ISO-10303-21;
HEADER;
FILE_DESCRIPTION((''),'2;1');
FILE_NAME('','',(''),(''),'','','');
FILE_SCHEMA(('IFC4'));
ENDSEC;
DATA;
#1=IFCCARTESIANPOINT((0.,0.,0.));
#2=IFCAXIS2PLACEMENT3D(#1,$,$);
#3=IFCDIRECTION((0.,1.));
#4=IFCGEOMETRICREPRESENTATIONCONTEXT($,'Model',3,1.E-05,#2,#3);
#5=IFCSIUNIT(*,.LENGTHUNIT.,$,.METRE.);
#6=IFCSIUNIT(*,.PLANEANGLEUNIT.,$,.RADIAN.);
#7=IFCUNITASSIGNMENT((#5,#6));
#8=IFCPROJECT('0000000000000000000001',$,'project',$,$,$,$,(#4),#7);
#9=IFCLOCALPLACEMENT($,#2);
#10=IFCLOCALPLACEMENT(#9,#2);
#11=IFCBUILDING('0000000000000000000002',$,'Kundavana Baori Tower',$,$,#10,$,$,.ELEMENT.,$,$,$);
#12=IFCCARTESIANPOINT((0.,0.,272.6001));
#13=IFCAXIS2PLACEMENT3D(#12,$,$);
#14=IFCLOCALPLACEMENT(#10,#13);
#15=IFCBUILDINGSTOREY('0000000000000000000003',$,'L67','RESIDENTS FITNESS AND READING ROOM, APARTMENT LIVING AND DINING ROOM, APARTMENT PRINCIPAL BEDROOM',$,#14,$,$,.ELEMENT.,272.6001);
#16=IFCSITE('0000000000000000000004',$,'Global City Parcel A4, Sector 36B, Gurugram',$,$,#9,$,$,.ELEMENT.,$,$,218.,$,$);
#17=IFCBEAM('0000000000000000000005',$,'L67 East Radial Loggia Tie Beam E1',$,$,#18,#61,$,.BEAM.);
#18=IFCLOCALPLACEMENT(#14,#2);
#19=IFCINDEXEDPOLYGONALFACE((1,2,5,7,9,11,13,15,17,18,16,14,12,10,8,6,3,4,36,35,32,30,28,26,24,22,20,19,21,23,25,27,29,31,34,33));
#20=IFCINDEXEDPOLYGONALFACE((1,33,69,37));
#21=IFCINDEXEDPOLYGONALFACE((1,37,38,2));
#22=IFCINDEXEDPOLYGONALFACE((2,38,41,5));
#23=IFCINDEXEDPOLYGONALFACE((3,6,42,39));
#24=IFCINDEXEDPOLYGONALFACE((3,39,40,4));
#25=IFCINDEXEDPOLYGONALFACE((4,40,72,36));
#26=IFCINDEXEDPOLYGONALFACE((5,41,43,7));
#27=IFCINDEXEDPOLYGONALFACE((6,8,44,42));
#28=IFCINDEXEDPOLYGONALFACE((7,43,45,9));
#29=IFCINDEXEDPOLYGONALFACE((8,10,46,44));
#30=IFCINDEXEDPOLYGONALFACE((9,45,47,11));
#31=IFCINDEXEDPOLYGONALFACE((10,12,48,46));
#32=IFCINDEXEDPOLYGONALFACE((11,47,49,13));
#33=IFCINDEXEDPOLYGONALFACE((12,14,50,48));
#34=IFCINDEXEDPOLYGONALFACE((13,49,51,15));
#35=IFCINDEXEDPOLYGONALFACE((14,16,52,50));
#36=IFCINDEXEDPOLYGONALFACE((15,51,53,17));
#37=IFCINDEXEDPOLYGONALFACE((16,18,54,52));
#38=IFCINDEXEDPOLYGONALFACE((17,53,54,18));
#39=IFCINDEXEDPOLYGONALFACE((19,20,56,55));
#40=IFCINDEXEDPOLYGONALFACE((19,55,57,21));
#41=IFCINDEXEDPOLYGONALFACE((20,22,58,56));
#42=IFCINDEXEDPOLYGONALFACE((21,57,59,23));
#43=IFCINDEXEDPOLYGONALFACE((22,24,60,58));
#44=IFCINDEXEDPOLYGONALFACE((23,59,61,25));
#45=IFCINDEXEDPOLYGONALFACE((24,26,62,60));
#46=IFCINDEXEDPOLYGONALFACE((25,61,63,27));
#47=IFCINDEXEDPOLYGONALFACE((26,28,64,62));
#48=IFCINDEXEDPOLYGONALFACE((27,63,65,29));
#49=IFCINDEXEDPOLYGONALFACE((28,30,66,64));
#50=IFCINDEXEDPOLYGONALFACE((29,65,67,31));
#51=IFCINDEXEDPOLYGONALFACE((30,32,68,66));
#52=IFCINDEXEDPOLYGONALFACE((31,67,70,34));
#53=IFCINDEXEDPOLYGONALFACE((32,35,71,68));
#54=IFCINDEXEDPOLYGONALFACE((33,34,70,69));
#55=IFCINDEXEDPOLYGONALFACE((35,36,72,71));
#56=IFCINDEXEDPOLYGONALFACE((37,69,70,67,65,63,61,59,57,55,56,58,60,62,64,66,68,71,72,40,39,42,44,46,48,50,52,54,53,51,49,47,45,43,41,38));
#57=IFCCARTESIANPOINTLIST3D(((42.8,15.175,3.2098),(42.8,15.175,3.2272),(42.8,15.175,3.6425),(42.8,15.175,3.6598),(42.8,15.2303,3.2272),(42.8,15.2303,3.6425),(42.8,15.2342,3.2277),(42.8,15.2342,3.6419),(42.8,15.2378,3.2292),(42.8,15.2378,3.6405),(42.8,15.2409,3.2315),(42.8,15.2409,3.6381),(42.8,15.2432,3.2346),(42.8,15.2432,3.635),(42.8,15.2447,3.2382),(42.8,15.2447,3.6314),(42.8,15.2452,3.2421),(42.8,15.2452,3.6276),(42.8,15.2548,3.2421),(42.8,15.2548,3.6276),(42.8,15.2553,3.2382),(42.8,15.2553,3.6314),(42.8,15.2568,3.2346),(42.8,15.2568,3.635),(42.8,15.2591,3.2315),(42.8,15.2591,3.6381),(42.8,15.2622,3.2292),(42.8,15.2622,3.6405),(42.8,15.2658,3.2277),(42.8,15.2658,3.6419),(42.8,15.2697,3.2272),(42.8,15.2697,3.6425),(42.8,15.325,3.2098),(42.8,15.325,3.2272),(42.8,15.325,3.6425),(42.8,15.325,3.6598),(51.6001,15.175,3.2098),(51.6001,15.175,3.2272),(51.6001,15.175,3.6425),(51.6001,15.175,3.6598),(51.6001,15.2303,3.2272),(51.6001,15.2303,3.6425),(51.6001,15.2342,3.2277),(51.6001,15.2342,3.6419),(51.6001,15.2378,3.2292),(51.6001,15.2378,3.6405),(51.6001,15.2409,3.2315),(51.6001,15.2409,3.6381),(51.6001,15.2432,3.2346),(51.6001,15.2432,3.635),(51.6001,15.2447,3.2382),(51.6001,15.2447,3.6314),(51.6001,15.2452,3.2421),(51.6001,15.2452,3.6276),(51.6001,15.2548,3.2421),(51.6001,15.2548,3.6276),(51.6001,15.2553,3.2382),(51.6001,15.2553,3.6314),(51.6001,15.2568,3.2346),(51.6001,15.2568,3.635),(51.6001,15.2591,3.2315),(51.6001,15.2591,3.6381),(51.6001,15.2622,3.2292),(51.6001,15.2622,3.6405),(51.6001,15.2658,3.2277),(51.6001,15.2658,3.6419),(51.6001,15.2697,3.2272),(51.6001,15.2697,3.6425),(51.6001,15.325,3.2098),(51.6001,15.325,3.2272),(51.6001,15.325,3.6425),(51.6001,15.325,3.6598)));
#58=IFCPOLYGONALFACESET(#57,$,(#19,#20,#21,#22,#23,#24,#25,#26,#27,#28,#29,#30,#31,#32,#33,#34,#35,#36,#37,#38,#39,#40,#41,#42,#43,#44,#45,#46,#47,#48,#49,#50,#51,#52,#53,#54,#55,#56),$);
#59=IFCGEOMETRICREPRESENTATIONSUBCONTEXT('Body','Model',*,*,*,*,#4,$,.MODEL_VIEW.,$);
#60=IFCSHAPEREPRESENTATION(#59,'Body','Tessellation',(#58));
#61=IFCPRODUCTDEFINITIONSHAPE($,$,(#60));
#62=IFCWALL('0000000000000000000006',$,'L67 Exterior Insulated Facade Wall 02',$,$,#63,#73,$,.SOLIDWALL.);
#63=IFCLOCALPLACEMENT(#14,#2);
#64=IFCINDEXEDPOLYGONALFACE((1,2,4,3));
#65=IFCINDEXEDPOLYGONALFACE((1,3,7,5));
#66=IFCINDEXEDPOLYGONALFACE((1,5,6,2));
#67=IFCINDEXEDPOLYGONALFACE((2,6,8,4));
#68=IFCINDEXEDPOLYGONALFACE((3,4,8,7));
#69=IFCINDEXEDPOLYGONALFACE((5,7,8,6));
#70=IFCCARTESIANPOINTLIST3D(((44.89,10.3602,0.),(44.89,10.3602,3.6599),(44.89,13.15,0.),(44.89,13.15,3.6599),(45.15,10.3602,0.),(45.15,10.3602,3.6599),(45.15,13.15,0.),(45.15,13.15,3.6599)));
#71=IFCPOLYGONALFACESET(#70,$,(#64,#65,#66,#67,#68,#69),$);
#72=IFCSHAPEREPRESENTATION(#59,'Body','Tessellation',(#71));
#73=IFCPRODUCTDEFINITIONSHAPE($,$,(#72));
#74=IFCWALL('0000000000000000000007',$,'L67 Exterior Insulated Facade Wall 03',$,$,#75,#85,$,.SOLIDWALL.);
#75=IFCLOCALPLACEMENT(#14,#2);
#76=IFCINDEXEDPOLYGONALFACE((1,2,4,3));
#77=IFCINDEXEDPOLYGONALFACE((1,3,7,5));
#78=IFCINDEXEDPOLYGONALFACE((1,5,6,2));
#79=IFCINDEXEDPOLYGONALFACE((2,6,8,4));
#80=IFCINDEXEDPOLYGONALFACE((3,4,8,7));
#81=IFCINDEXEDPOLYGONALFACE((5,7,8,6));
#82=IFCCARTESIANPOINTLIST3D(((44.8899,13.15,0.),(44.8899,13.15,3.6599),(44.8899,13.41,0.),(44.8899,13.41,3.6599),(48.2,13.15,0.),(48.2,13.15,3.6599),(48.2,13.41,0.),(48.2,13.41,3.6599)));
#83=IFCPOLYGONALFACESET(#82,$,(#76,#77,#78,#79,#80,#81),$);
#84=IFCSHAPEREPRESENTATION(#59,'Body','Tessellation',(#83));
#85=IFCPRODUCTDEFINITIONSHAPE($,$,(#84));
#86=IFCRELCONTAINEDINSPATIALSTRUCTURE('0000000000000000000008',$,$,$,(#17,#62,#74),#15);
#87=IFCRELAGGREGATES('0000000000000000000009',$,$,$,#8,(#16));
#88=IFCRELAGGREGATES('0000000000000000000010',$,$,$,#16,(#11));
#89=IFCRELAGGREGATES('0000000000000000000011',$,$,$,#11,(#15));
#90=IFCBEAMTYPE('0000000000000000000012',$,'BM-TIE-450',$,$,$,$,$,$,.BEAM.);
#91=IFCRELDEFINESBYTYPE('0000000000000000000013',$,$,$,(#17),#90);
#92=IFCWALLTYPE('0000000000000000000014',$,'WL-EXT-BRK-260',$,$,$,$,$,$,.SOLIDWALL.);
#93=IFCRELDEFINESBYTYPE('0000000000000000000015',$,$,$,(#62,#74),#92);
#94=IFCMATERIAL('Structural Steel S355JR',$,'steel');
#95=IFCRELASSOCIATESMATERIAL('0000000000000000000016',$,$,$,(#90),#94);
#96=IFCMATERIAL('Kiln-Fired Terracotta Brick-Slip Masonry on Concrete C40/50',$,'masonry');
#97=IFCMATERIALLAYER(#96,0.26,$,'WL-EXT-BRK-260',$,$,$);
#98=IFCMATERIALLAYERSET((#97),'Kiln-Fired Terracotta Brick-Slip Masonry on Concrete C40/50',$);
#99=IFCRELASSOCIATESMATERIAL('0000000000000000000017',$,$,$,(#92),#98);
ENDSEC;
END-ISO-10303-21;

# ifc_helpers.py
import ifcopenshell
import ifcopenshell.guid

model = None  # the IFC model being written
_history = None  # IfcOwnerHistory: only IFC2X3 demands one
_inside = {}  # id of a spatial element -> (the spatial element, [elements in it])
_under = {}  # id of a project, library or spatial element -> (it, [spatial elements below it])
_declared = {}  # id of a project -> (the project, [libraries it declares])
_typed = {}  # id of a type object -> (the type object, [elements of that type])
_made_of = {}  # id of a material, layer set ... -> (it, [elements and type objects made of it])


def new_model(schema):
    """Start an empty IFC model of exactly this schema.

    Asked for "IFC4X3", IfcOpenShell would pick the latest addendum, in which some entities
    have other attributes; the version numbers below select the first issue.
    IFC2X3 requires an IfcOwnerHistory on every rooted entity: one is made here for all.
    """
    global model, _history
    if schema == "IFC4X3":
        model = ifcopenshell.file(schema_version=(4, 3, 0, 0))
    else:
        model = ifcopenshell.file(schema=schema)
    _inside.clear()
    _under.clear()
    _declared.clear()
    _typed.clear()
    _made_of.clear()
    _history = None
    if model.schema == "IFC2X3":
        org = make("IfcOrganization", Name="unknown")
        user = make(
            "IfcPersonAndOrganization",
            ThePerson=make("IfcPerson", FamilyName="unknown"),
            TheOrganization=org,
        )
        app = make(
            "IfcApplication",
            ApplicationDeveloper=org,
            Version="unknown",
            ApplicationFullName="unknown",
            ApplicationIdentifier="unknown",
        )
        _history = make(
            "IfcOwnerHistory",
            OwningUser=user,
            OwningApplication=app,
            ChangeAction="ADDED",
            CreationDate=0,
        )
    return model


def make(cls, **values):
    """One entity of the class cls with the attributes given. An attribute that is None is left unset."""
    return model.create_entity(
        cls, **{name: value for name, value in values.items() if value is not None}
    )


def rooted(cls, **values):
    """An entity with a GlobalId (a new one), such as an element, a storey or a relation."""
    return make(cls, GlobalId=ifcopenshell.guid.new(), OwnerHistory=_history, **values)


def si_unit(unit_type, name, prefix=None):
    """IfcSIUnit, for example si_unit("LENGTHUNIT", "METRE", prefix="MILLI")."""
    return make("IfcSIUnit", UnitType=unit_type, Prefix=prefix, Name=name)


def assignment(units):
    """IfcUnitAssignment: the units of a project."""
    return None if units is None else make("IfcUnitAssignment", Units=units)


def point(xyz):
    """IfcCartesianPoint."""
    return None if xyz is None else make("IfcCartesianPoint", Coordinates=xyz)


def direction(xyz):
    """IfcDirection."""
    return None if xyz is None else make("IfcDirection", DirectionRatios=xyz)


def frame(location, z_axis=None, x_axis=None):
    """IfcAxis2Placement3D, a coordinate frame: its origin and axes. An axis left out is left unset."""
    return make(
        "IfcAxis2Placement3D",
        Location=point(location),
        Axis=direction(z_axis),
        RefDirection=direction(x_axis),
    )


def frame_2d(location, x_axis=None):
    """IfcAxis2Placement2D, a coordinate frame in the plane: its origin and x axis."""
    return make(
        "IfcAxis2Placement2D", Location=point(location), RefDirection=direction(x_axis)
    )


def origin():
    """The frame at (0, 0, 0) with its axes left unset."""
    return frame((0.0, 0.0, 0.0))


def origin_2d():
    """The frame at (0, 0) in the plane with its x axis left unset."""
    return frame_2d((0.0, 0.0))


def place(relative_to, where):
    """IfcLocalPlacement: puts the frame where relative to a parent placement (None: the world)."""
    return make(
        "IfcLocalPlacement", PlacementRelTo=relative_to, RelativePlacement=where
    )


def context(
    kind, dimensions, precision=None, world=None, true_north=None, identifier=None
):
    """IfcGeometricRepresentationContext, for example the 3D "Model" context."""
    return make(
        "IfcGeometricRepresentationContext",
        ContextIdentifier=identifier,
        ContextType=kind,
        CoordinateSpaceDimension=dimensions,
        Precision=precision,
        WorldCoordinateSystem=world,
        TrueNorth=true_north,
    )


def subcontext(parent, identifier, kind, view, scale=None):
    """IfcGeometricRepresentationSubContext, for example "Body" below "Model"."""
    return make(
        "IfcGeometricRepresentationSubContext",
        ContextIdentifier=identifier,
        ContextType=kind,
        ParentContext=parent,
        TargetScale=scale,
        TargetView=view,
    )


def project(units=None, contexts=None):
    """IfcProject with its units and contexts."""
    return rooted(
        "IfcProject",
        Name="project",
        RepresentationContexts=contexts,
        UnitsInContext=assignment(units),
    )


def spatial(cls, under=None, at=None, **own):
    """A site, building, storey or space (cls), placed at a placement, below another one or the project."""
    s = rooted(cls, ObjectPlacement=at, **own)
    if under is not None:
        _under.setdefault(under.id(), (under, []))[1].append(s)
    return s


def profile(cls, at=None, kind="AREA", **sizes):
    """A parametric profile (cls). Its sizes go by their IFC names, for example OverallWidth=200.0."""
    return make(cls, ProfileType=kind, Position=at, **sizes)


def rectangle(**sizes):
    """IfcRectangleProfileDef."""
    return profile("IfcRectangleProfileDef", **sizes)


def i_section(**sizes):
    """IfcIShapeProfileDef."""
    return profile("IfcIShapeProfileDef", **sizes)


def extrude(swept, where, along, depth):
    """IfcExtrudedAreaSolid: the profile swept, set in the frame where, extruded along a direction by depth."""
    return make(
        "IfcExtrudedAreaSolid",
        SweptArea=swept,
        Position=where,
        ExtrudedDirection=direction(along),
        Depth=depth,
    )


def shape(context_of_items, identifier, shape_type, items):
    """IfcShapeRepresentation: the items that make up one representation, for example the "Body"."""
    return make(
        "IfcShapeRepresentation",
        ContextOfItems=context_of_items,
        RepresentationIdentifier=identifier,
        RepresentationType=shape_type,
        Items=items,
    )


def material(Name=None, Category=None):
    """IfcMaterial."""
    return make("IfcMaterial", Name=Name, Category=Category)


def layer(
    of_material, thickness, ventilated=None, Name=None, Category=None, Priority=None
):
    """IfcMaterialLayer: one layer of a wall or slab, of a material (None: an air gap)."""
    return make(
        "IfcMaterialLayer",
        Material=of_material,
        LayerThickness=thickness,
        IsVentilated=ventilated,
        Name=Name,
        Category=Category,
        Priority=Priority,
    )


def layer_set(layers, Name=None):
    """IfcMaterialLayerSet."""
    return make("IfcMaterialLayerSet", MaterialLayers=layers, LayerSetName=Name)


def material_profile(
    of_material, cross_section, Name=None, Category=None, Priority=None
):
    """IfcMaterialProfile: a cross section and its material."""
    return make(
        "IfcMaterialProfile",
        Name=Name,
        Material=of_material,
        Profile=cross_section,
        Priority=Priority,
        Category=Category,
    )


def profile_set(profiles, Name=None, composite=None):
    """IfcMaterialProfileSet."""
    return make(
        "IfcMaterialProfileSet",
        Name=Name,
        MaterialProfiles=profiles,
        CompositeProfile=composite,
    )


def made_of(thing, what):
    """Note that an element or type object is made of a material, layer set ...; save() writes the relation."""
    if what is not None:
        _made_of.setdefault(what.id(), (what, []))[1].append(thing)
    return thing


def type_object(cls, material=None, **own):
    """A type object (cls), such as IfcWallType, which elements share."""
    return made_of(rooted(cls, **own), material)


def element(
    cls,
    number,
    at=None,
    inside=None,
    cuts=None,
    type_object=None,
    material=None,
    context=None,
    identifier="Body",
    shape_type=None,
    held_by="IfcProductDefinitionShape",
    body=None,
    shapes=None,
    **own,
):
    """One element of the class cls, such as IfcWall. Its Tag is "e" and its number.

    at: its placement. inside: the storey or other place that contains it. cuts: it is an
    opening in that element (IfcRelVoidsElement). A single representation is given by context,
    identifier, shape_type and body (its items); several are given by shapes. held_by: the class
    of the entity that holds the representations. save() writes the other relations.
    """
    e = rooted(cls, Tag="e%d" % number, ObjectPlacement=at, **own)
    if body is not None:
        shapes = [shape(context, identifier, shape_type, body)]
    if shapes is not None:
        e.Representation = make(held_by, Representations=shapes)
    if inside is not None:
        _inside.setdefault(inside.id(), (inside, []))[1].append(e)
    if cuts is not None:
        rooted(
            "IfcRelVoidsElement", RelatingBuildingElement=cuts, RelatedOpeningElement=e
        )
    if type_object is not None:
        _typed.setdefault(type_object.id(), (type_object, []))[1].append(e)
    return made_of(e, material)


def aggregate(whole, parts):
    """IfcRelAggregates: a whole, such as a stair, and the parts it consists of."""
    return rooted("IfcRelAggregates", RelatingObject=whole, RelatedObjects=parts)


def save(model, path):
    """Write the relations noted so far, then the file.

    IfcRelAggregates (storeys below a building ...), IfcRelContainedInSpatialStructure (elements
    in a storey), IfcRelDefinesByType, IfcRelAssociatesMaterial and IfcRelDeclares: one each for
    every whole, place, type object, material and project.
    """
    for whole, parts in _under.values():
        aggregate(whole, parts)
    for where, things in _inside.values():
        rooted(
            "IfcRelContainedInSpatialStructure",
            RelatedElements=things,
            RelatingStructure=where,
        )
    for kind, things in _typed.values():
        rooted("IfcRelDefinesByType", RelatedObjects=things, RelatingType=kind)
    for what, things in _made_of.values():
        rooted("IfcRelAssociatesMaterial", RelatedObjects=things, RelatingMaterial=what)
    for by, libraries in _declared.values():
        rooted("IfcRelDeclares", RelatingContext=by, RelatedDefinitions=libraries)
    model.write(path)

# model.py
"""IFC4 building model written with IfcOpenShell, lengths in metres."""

from ifc_helpers import new_model, si_unit, direction, frame, frame_2d, origin, origin_2d, place, context, subcontext, project, spatial, rectangle, i_section, extrude, material, layer, layer_set, material_profile, profile_set, type_object, element, save


model = new_model("IFC4")

# Units and contexts
model_context = context("Model", 3, precision=1e-05, world=origin(), true_north=direction((0.0, 1.0)))
body_context = subcontext(model_context, "Body", "Model", "MODEL_VIEW")
ifc_project = project(units=[si_unit("LENGTHUNIT", "METRE"), si_unit("PLANEANGLEUNIT", "RADIAN")], contexts=[model_context])

# Site, building, storey
site_placement = place(None, origin())
site = spatial("IfcSite", under=ifc_project, at=site_placement, Name="Global City Parcel A4, Sector 36B, Gurugram", CompositionType="ELEMENT", RefElevation=218.0)
building_placement = place(site_placement, origin())
building = spatial("IfcBuilding", under=site, at=building_placement, Name="Kundavana Baori Tower", CompositionType="ELEMENT")
storey_placement = place(building_placement, frame((0.0, 0.0, 272.6001)))
storey = spatial("IfcBuildingStorey", under=building, at=storey_placement, Name="L67", Description="RESIDENTS FITNESS AND READING ROOM, APARTMENT LIVING AND DINING ROOM, APARTMENT PRINCIPAL BEDROOM", CompositionType="ELEMENT", Elevation=272.6001)

# Beam
ifc_material_1 = material(Name="Structural Steel S355JR", Category="steel")
ifc_material_profile_1 = material_profile(ifc_material_1, i_section(OverallWidth=0.1499, OverallDepth=0.45, WebThickness=0.0095, FlangeThickness=0.0173, FilletRadius=0.0149, at=origin_2d()), Name="ISMB 450")
ifc_profile_set_1 = profile_set([ifc_material_profile_1], Name="Structural Steel S355JR")
beam_type_1 = type_object("IfcBeamType", Name="BM-TIE-450", PredefinedType="BEAM", material=ifc_profile_set_1)
beam_1_placement = place(storey_placement, frame((42.8, 15.25, 3.4348), z_axis=(1.0, 0.0, 0.0), x_axis=(0.0, 1.0, 0.0)))
element("IfcBeam", 1, at=beam_1_placement, inside=storey, type_object=beam_type_1, Name="L67 East Radial Loggia Tie Beam E1", PredefinedType="BEAM", context=body_context, shape_type="SweptSolid", body=[
    extrude(i_section(OverallWidth=0.1499, OverallDepth=0.45, WebThickness=0.0095, FlangeThickness=0.0173, FilletRadius=0.0149, at=origin_2d()), origin(), (0.0, 0.0, 1.0), 8.8),
])

# Walls
ifc_material_2 = material(Name="Kiln-Fired Terracotta Brick-Slip Masonry on Concrete C40/50", Category="masonry")
ifc_layer_1 = layer(ifc_material_2, 0.26, Name="WL-EXT-BRK-260")
ifc_layer_set_1 = layer_set([ifc_layer_1], Name="Kiln-Fired Terracotta Brick-Slip Masonry on Concrete C40/50")
wall_type_1 = type_object("IfcWallType", Name="WL-EXT-BRK-260", PredefinedType="SOLIDWALL", material=ifc_layer_set_1)
wall_1_placement = place(storey_placement, frame((45.02, 10.3601, 0.0), z_axis=(0.0, 0.0, 1.0), x_axis=(0.0, 1.0, 0.0)))
element("IfcWall", 2, at=wall_1_placement, inside=storey, type_object=wall_type_1, Name="L67 Exterior Insulated Facade Wall 02", PredefinedType="SOLIDWALL", context=body_context, shape_type="SweptSolid", body=[
    extrude(rectangle(XDim=2.7898, YDim=0.26, at=frame_2d((1.395, 0.0))), origin(), (0.0, 0.0, 1.0), 3.6599),
])
wall_2_placement = place(storey_placement, frame((44.8899, 13.28, 0.0), z_axis=(0.0, 0.0, 1.0), x_axis=(1.0, 0.0, 0.0)))
element("IfcWall", 3, at=wall_2_placement, inside=storey, type_object=wall_type_1, Name="L67 Exterior Insulated Facade Wall 03", PredefinedType="SOLIDWALL", context=body_context, shape_type="SweptSolid", body=[
    extrude(rectangle(XDim=3.3101, YDim=0.26, at=frame_2d((1.655, 0.0))), origin(), (0.0, 0.0, 1.0), 3.6599),
])

save(model, "model.ifc")
